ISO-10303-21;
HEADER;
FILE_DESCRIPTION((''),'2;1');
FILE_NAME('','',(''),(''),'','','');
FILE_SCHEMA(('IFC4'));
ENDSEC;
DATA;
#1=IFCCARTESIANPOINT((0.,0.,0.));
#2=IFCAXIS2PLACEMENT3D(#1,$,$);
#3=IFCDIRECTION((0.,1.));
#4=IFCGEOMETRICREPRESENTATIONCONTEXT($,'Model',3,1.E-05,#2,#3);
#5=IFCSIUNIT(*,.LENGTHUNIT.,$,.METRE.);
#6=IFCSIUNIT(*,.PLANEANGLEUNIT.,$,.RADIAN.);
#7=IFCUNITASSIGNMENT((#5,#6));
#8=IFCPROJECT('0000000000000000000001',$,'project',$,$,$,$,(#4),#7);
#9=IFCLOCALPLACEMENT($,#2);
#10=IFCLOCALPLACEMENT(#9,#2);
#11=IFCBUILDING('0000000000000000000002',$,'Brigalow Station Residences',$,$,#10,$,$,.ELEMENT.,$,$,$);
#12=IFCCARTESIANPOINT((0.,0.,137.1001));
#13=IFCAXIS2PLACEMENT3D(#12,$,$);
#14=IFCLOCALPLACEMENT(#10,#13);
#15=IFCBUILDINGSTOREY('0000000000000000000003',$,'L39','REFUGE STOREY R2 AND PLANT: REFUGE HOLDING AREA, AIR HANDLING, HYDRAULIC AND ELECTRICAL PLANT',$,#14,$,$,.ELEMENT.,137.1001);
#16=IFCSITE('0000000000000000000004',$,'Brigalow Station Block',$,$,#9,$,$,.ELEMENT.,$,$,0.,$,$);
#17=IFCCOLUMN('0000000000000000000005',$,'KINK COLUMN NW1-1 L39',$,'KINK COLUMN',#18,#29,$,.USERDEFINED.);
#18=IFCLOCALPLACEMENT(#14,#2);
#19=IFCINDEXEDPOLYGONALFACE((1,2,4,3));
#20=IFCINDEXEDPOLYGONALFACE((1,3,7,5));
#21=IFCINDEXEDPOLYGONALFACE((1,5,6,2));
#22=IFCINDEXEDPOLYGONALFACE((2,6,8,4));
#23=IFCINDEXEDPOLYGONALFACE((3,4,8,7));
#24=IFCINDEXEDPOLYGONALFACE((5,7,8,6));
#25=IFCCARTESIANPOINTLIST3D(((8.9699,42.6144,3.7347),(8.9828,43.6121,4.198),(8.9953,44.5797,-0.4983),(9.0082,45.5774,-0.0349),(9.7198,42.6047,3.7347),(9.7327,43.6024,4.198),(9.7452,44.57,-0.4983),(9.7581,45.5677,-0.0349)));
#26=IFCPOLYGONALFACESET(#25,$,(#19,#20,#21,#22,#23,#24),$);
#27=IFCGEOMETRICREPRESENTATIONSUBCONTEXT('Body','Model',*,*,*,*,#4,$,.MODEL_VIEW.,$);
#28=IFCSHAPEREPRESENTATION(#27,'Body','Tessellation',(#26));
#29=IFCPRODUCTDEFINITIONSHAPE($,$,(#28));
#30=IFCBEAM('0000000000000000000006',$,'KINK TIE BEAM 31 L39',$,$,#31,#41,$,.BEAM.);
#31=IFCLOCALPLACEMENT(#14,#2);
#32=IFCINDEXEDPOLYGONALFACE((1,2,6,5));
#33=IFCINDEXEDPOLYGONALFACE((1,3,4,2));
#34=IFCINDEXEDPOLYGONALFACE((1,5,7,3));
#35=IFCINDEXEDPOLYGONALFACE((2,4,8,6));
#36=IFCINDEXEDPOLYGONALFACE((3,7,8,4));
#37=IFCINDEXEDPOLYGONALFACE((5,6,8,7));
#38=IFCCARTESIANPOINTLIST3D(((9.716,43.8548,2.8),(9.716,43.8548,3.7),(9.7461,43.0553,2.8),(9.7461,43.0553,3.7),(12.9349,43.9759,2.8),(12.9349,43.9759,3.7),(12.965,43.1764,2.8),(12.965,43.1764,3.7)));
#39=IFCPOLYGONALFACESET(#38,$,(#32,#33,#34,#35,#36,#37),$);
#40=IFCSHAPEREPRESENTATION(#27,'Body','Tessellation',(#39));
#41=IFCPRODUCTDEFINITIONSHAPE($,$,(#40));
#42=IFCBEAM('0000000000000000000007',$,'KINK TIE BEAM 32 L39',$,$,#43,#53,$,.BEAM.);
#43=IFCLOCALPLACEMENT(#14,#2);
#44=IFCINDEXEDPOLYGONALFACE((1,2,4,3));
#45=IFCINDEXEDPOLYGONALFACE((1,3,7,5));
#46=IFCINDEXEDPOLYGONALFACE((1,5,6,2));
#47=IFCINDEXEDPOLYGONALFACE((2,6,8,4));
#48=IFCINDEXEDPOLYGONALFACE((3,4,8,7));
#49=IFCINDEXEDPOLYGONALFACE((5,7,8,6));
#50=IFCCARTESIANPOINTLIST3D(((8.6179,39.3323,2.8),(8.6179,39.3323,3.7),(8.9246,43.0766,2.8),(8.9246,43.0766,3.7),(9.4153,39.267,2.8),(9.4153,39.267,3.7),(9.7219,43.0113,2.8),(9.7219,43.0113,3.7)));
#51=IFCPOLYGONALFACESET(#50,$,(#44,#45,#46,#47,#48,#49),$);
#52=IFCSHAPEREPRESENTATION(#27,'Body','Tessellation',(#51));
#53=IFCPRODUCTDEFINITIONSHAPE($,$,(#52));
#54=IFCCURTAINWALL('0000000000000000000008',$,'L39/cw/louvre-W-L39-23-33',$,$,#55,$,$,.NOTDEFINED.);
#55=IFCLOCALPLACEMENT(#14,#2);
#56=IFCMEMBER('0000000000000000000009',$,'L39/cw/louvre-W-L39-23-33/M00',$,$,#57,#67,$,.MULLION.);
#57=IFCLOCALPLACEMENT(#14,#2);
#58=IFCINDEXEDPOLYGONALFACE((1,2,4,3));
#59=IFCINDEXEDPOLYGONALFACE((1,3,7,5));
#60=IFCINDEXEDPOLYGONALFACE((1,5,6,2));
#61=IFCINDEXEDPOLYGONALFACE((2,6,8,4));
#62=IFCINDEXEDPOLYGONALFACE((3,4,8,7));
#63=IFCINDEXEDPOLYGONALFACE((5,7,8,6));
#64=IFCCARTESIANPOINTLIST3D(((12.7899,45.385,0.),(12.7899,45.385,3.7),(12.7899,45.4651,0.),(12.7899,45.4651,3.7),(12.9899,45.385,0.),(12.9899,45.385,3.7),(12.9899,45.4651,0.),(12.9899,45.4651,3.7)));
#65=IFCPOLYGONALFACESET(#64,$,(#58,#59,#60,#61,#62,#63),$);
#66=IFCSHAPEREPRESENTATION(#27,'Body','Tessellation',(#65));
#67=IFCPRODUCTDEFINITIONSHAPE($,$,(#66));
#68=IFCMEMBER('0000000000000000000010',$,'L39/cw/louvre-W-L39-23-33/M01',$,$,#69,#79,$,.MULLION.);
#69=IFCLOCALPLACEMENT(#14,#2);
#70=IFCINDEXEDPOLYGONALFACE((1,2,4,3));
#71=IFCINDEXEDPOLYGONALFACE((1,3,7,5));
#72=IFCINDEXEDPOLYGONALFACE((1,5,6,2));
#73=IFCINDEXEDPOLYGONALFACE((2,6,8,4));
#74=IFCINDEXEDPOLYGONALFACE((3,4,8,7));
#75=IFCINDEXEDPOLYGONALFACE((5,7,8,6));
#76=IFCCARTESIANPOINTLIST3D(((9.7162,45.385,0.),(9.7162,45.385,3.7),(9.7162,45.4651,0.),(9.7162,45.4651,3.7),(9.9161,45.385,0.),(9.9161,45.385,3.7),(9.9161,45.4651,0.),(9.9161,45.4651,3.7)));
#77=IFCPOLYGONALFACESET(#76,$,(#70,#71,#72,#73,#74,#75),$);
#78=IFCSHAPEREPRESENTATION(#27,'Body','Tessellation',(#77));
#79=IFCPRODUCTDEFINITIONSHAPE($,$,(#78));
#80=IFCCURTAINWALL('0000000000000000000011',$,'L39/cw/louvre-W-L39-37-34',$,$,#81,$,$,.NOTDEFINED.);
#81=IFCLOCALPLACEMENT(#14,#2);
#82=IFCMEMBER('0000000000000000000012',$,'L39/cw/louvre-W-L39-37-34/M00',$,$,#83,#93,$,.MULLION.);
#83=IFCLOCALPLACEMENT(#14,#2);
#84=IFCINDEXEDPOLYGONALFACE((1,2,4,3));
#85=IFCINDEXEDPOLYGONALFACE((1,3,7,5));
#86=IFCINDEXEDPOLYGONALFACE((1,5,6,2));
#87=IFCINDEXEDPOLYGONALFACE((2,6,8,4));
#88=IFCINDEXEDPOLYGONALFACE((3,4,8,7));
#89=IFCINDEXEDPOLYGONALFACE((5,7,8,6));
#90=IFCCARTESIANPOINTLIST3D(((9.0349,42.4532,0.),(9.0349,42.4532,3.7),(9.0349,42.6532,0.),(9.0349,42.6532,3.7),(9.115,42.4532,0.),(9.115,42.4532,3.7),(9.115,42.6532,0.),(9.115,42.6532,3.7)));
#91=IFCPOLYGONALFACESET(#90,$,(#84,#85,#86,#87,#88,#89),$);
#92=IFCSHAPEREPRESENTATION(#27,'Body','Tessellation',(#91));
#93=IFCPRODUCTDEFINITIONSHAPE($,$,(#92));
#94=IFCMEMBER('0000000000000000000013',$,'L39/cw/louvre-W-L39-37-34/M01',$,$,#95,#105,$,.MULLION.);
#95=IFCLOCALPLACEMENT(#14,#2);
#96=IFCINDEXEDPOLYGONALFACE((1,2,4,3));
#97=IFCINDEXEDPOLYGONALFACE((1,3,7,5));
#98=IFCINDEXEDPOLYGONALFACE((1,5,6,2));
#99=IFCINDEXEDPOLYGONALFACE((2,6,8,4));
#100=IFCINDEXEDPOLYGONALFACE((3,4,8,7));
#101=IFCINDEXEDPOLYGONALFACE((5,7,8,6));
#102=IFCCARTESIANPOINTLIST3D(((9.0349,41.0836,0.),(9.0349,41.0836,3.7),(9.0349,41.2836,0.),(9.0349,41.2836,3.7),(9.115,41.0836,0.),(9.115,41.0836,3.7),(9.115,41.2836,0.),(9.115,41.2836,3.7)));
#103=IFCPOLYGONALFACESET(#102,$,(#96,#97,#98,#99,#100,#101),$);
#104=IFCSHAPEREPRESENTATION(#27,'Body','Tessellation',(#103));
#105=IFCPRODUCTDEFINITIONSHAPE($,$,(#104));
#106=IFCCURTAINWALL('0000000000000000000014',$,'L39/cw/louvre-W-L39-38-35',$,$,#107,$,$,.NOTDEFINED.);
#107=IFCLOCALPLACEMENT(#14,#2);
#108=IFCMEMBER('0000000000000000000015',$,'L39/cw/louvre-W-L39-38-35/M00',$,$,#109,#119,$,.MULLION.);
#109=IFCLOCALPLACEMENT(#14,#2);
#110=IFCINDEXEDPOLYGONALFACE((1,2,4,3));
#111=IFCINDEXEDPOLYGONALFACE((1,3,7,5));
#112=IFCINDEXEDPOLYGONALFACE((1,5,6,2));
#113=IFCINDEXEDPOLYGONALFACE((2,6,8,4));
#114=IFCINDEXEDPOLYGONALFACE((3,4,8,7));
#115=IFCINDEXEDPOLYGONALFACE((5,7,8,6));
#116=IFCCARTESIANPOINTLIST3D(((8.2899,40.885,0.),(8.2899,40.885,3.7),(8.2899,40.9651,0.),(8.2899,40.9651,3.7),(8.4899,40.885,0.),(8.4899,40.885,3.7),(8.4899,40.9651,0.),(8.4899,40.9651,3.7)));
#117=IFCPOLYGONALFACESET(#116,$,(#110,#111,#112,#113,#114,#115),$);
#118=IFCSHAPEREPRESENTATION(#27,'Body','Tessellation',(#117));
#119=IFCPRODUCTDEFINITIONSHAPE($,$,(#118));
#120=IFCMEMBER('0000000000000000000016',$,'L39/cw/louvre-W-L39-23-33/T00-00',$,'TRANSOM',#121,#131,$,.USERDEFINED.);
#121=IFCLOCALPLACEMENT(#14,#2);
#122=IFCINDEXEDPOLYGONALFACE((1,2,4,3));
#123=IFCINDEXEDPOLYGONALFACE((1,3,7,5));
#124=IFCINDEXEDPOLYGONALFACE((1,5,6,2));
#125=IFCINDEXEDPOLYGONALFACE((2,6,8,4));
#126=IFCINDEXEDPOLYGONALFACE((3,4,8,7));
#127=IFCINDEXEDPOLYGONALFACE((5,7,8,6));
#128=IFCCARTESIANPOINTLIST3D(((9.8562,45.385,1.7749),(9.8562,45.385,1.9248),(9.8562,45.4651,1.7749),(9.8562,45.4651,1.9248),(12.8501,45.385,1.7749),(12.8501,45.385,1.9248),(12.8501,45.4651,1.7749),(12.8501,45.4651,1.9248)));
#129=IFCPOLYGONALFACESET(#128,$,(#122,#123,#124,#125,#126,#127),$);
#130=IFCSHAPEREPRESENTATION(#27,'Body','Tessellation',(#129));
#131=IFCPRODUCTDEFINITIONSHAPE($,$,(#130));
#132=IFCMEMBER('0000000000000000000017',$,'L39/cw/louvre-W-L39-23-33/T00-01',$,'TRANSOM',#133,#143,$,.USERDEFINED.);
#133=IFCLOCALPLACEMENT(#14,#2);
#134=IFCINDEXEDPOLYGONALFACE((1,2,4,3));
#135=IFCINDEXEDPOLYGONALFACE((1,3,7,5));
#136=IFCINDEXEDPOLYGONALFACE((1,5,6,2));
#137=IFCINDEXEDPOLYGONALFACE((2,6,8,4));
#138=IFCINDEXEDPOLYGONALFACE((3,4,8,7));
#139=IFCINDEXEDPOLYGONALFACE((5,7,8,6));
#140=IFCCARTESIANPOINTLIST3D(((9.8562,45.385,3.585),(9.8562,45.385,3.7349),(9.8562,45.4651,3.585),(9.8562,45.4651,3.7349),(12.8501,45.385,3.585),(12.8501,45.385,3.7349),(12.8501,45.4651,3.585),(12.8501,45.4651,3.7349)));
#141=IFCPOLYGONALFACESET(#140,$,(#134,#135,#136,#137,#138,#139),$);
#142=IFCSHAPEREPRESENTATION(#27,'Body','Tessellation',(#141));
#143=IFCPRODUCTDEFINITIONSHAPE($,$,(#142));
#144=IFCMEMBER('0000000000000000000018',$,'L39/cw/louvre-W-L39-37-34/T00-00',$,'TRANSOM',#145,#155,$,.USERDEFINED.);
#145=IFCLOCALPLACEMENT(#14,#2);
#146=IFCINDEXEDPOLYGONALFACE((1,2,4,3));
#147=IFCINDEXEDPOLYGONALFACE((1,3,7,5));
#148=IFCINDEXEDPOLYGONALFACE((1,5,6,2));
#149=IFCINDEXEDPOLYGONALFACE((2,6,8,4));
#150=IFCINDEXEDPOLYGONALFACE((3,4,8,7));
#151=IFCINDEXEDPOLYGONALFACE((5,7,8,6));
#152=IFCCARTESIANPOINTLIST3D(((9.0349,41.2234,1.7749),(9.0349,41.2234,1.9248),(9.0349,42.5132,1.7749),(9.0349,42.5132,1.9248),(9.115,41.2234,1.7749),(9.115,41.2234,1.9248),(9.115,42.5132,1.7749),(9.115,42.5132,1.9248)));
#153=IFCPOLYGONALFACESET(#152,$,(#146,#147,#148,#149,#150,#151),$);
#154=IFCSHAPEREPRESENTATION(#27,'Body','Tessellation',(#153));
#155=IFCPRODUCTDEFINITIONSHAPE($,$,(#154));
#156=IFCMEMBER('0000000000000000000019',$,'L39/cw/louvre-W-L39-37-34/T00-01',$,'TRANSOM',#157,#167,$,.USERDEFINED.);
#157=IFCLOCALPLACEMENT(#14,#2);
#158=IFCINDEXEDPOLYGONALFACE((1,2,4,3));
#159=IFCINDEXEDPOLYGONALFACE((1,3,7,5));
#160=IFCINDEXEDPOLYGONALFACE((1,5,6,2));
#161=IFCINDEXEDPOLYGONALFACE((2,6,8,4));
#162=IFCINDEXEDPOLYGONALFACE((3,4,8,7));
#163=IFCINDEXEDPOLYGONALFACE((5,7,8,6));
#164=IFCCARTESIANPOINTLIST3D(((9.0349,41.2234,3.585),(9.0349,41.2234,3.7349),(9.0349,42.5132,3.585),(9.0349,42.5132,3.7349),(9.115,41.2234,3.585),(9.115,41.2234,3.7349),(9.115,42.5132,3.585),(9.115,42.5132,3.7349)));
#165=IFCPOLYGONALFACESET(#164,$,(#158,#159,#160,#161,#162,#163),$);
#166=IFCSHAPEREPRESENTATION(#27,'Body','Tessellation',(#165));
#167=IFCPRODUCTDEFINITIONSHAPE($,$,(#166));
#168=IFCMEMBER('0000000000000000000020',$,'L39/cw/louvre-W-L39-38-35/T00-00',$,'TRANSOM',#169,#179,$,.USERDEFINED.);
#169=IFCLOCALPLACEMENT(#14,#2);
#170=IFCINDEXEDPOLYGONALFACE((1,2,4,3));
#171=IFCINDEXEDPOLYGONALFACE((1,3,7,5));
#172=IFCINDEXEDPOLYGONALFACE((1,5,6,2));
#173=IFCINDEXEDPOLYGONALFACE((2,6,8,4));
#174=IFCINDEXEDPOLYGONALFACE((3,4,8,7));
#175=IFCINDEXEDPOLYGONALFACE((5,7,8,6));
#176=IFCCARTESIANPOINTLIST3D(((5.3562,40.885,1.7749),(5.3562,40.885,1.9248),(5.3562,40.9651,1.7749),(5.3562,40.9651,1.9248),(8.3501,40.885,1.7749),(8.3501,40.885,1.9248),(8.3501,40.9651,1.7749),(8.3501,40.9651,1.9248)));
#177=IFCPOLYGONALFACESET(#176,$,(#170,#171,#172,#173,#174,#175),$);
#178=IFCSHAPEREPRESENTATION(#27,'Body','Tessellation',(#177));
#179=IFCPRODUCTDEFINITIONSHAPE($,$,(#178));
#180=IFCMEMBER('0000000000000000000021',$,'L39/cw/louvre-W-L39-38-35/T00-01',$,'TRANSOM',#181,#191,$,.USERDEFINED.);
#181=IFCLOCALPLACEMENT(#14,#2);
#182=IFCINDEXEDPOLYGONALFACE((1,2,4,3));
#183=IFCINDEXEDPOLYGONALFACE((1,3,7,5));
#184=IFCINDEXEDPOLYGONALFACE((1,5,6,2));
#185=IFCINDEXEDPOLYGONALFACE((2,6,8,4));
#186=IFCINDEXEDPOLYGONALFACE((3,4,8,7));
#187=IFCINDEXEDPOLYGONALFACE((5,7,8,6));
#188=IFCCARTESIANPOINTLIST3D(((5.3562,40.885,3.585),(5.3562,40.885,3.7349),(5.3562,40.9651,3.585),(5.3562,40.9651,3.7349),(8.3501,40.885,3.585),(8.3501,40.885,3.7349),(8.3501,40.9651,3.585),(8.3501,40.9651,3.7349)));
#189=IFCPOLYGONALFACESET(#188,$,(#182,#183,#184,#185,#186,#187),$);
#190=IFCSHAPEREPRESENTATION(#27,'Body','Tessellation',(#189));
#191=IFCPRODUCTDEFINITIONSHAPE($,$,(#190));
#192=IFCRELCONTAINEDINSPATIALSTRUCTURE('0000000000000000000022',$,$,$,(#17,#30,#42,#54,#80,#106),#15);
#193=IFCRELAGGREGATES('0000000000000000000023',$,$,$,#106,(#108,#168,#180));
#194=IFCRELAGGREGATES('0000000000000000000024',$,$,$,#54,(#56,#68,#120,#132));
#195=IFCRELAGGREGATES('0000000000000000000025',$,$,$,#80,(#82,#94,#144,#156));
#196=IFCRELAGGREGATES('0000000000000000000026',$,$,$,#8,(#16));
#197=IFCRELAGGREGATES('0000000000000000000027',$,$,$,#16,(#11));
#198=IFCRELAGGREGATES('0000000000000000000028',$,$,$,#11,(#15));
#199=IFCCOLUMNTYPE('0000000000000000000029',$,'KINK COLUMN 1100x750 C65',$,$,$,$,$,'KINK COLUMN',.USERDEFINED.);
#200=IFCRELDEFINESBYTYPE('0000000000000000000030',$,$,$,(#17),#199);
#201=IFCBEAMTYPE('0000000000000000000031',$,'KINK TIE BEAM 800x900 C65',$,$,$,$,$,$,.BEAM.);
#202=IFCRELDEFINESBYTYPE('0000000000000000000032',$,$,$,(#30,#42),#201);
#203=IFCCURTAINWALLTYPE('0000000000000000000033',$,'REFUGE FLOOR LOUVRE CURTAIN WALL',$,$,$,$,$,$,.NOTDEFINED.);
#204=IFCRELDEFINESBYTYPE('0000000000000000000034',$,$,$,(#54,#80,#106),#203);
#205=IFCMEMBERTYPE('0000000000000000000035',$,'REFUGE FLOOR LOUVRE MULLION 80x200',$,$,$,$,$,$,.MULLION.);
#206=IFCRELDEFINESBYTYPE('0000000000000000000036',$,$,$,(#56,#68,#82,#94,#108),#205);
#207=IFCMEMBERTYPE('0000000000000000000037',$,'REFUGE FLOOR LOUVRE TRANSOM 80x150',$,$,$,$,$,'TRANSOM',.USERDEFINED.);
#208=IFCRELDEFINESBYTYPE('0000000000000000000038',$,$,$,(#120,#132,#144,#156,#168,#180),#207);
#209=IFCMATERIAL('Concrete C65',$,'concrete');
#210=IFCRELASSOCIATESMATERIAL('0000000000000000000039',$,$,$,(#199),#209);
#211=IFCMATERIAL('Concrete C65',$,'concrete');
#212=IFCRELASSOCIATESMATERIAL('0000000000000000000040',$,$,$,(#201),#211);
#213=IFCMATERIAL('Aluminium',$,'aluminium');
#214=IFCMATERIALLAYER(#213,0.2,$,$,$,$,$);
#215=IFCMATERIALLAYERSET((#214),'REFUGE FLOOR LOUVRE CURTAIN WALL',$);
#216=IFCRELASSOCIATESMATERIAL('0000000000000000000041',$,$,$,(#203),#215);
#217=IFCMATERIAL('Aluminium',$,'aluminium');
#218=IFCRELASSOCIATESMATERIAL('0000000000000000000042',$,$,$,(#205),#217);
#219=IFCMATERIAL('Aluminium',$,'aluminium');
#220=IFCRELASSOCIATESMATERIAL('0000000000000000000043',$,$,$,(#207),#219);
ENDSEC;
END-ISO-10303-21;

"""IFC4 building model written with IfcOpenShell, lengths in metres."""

from ifc_helpers import new_model, si_unit, direction, frame, origin, origin_2d, place, context, subcontext, project, spatial, rectangle, extrude, material, layer, layer_set, material_profile, profile_set, type_object, element, aggregate, save


model = new_model("IFC4")

# Units and contexts
model_context = context("Model", 3, precision=1e-05, world=origin(), true_north=direction((0.0, 1.0)))
body_context = subcontext(model_context, "Body", "Model", "MODEL_VIEW")
ifc_project = project(units=[si_unit("LENGTHUNIT", "METRE"), si_unit("PLANEANGLEUNIT", "RADIAN")], contexts=[model_context])

# Site, building, storey
site_placement = place(None, origin())
site = spatial("IfcSite", under=ifc_project, at=site_placement, Name="Brigalow Station Block", CompositionType="ELEMENT", RefElevation=0.0)
building_placement = place(site_placement, origin())
building = spatial("IfcBuilding", under=site, at=building_placement, Name="Brigalow Station Residences", CompositionType="ELEMENT")
storey_placement = place(building_placement, frame((0.0, 0.0, 137.1001)))
storey = spatial("IfcBuildingStorey", under=building, at=storey_placement, Name="L39", Description="REFUGE STOREY R2 AND PLANT: REFUGE HOLDING AREA, AIR HANDLING, HYDRAULIC AND ELECTRICAL PLANT", CompositionType="ELEMENT", Elevation=137.1001)

# Column
ifc_material_1 = material(Name="Concrete C65", Category="concrete")
ifc_material_profile_1 = material_profile(ifc_material_1, rectangle(XDim=1.1001, YDim=0.75, at=origin_2d()), Name="RC1100x750")
ifc_profile_set_1 = profile_set([ifc_material_profile_1], Name="Concrete C65")
column_type = type_object("IfcColumnType", Name="KINK COLUMN 1100x750 C65", ElementType="KINK COLUMN", PredefinedType="USERDEFINED", material=ifc_profile_set_1)
column_placement = place(storey_placement, frame((9.3767, 45.0737, -0.2666), z_axis=(-0.00544, -0.421114, 0.906991), x_axis=(0.011717, 0.906916, 0.421149)))
element("IfcColumn", 1, at=column_placement, inside=storey, type_object=column_type, Name="KINK COLUMN NW1-1 L39", ObjectType="KINK COLUMN", PredefinedType="USERDEFINED", context=body_context, shape_type="SweptSolid", body=[
    extrude(rectangle(XDim=1.1001, YDim=0.75, at=origin_2d()), origin(), (0.0, 0.0, 1.0), 4.667),
])

# Beams
ifc_material_2 = material(Name="Concrete C65", Category="concrete")
ifc_material_profile_2 = material_profile(ifc_material_2, rectangle(XDim=0.8, YDim=0.8999, at=origin_2d()), Name="RC800x900")
ifc_profile_set_2 = profile_set([ifc_material_profile_2], Name="Concrete C65")
beam_type = type_object("IfcBeamType", Name="KINK TIE BEAM 800x900 C65", PredefinedType="BEAM", material=ifc_profile_set_2)
beam_1_placement = place(storey_placement, frame((12.95, 43.5762, 3.25), z_axis=(-0.999293, -0.037592, 0.0), x_axis=(0.037592, -0.999293, 0.0)))
element("IfcBeam", 2, at=beam_1_placement, inside=storey, type_object=beam_type, Name="KINK TIE BEAM 31 L39", PredefinedType="BEAM", context=body_context, shape_type="SweptSolid", body=[
    extrude(rectangle(XDim=0.8, YDim=0.8999, at=origin_2d()), origin(), (0.0, 0.0, 1.0), 3.2212),
])
beam_2_placement = place(storey_placement, frame((9.3232, 43.0439, 3.25), z_axis=(-0.08162, -0.996664, 0.0), x_axis=(0.996664, -0.08162, 0.0)))
element("IfcBeam", 3, at=beam_2_placement, inside=storey, type_object=beam_type, Name="KINK TIE BEAM 32 L39", PredefinedType="BEAM", context=body_context, shape_type="SweptSolid", body=[
    extrude(rectangle(XDim=0.8, YDim=0.8999, at=origin_2d()), origin(), (0.0, 0.0, 1.0), 3.7568),
])

# Curtain walls, members
ifc_material_3 = material(Name="Aluminium", Category="aluminium")
ifc_layer_1 = layer(ifc_material_3, 0.2)
ifc_layer_set_1 = layer_set([ifc_layer_1], Name="REFUGE FLOOR LOUVRE CURTAIN WALL")
curtain_wall_type = type_object("IfcCurtainWallType", Name="REFUGE FLOOR LOUVRE CURTAIN WALL", PredefinedType="NOTDEFINED", material=ifc_layer_set_1)
curtain_wall_1_placement = place(storey_placement, origin())
curtain_wall_1 = element("IfcCurtainWall", 4, at=curtain_wall_1_placement, inside=storey, type_object=curtain_wall_type, Name="L39/cw/louvre-W-L39-23-33", PredefinedType="NOTDEFINED")
ifc_material_4 = material(Name="Aluminium", Category="aluminium")
ifc_material_profile_3 = material_profile(ifc_material_4, rectangle(XDim=0.0801, YDim=0.2, at=origin_2d()), Name="REFUGE FLOOR LOUVRE MULLION 80x200")
ifc_profile_set_3 = profile_set([ifc_material_profile_3], Name="Aluminium")
member_type_1 = type_object("IfcMemberType", Name="REFUGE FLOOR LOUVRE MULLION 80x200", PredefinedType="MULLION", material=ifc_profile_set_3)
member_1_placement = place(storey_placement, frame((12.8899, 45.425, 0.0), z_axis=(0.0, 0.0, 1.0), x_axis=(0.0, -1.0, 0.0)))
member_1 = element("IfcMember", 5, at=member_1_placement, type_object=member_type_1, Name="L39/cw/louvre-W-L39-23-33/M00", PredefinedType="MULLION", context=body_context, shape_type="SweptSolid", body=[
    extrude(rectangle(XDim=0.0801, YDim=0.2, at=origin_2d()), origin(), (0.0, 0.0, 1.0), 3.7),
])
member_2_placement = place(storey_placement, frame((9.8162, 45.425, 0.0), z_axis=(0.0, 0.0, 1.0), x_axis=(0.0, -1.0, 0.0)))
member_2 = element("IfcMember", 6, at=member_2_placement, type_object=member_type_1, Name="L39/cw/louvre-W-L39-23-33/M01", PredefinedType="MULLION", context=body_context, shape_type="SweptSolid", body=[
    extrude(rectangle(XDim=0.0801, YDim=0.2, at=origin_2d()), origin(), (0.0, 0.0, 1.0), 3.7),
])
curtain_wall_2_placement = place(storey_placement, origin())
curtain_wall_2 = element("IfcCurtainWall", 7, at=curtain_wall_2_placement, inside=storey, type_object=curtain_wall_type, Name="L39/cw/louvre-W-L39-37-34", PredefinedType="NOTDEFINED")
member_3_placement = place(storey_placement, frame((9.075, 42.5532, 0.0), z_axis=(0.0, 0.0, 1.0), x_axis=(1.0, 0.0, 0.0)))
member_3 = element("IfcMember", 8, at=member_3_placement, type_object=member_type_1, Name="L39/cw/louvre-W-L39-37-34/M00", PredefinedType="MULLION", context=body_context, shape_type="SweptSolid", body=[
    extrude(rectangle(XDim=0.0801, YDim=0.2, at=origin_2d()), origin(), (0.0, 0.0, 1.0), 3.7),
])
member_4_placement = place(storey_placement, frame((9.075, 41.1836, 0.0), z_axis=(0.0, 0.0, 1.0), x_axis=(1.0, 0.0, 0.0)))
member_4 = element("IfcMember", 9, at=member_4_placement, type_object=member_type_1, Name="L39/cw/louvre-W-L39-37-34/M01", PredefinedType="MULLION", context=body_context, shape_type="SweptSolid", body=[
    extrude(rectangle(XDim=0.0801, YDim=0.2, at=origin_2d()), origin(), (0.0, 0.0, 1.0), 3.7),
])

# Curtain wall, member
curtain_wall_3_placement = place(storey_placement, origin())
curtain_wall_3 = element("IfcCurtainWall", 10, at=curtain_wall_3_placement, inside=storey, type_object=curtain_wall_type, Name="L39/cw/louvre-W-L39-38-35", PredefinedType="NOTDEFINED")
member_5_placement = place(storey_placement, frame((8.3899, 40.925, 0.0), z_axis=(0.0, 0.0, 1.0), x_axis=(0.0, -1.0, 0.0)))
member_5 = element("IfcMember", 11, at=member_5_placement, type_object=member_type_1, Name="L39/cw/louvre-W-L39-38-35/M00", PredefinedType="MULLION", context=body_context, shape_type="SweptSolid", body=[
    extrude(rectangle(XDim=0.0801, YDim=0.2, at=origin_2d()), origin(), (0.0, 0.0, 1.0), 3.7),
])

# Members
ifc_material_5 = material(Name="Aluminium", Category="aluminium")
ifc_material_profile_4 = material_profile(ifc_material_5, rectangle(XDim=0.0801, YDim=0.1499, at=origin_2d()), Name="REFUGE FLOOR LOUVRE TRANSOM 80x150")
ifc_profile_set_4 = profile_set([ifc_material_profile_4], Name="Aluminium")
member_type_2 = type_object("IfcMemberType", Name="REFUGE FLOOR LOUVRE TRANSOM 80x150", ElementType="TRANSOM", PredefinedType="USERDEFINED", material=ifc_profile_set_4)
member_6_placement = place(storey_placement, frame((12.8501, 45.425, 1.8499), z_axis=(-1.0, 0.0, 0.0), x_axis=(0.0, -1.0, 0.0)))
member_6 = element("IfcMember", 12, at=member_6_placement, type_object=member_type_2, Name="L39/cw/louvre-W-L39-23-33/T00-00", ObjectType="TRANSOM", PredefinedType="USERDEFINED", context=body_context, shape_type="SweptSolid", body=[
    extrude(rectangle(XDim=0.0801, YDim=0.1499, at=origin_2d()), origin(), (0.0, 0.0, 1.0), 2.9939),
])
member_7_placement = place(storey_placement, frame((12.8501, 45.425, 3.6599), z_axis=(-1.0, 0.0, 0.0), x_axis=(0.0, -1.0, 0.0)))
member_7 = element("IfcMember", 13, at=member_7_placement, type_object=member_type_2, Name="L39/cw/louvre-W-L39-23-33/T00-01", ObjectType="TRANSOM", PredefinedType="USERDEFINED", context=body_context, shape_type="SweptSolid", body=[
    extrude(rectangle(XDim=0.0801, YDim=0.1499, at=origin_2d()), origin(), (0.0, 0.0, 1.0), 2.9939),
])
member_8_placement = place(storey_placement, frame((9.075, 42.5132, 1.8499), z_axis=(0.0, -1.0, 0.0), x_axis=(1.0, 0.0, 0.0)))
member_8 = element("IfcMember", 14, at=member_8_placement, type_object=member_type_2, Name="L39/cw/louvre-W-L39-37-34/T00-00", ObjectType="TRANSOM", PredefinedType="USERDEFINED", context=body_context, shape_type="SweptSolid", body=[
    extrude(rectangle(XDim=0.0801, YDim=0.1499, at=origin_2d()), origin(), (0.0, 0.0, 1.0), 1.2898),
])
member_9_placement = place(storey_placement, frame((9.075, 42.5132, 3.6599), z_axis=(0.0, -1.0, 0.0), x_axis=(1.0, 0.0, 0.0)))
member_9 = element("IfcMember", 15, at=member_9_placement, type_object=member_type_2, Name="L39/cw/louvre-W-L39-37-34/T00-01", ObjectType="TRANSOM", PredefinedType="USERDEFINED", context=body_context, shape_type="SweptSolid", body=[
    extrude(rectangle(XDim=0.0801, YDim=0.1499, at=origin_2d()), origin(), (0.0, 0.0, 1.0), 1.2898),
])
member_10_placement = place(storey_placement, frame((8.3501, 40.925, 1.8499), z_axis=(-1.0, 0.0, 0.0), x_axis=(0.0, -1.0, 0.0)))
member_10 = element("IfcMember", 16, at=member_10_placement, type_object=member_type_2, Name="L39/cw/louvre-W-L39-38-35/T00-00", ObjectType="TRANSOM", PredefinedType="USERDEFINED", context=body_context, shape_type="SweptSolid", body=[
    extrude(rectangle(XDim=0.0801, YDim=0.1499, at=origin_2d()), origin(), (0.0, 0.0, 1.0), 2.9939),
])
member_11_placement = place(storey_placement, frame((8.3501, 40.925, 3.6599), z_axis=(-1.0, 0.0, 0.0), x_axis=(0.0, -1.0, 0.0)))
member_11 = element("IfcMember", 17, at=member_11_placement, type_object=member_type_2, Name="L39/cw/louvre-W-L39-38-35/T00-01", ObjectType="TRANSOM", PredefinedType="USERDEFINED", context=body_context, shape_type="SweptSolid", body=[
    extrude(rectangle(XDim=0.0801, YDim=0.1499, at=origin_2d()), origin(), (0.0, 0.0, 1.0), 2.9939),
])
aggregate(curtain_wall_3, [member_5, member_10, member_11])

aggregate(curtain_wall_1, [member_1, member_2, member_6, member_7])
aggregate(curtain_wall_2, [member_3, member_4, member_8, member_9])

save(model, "model.ifc")
